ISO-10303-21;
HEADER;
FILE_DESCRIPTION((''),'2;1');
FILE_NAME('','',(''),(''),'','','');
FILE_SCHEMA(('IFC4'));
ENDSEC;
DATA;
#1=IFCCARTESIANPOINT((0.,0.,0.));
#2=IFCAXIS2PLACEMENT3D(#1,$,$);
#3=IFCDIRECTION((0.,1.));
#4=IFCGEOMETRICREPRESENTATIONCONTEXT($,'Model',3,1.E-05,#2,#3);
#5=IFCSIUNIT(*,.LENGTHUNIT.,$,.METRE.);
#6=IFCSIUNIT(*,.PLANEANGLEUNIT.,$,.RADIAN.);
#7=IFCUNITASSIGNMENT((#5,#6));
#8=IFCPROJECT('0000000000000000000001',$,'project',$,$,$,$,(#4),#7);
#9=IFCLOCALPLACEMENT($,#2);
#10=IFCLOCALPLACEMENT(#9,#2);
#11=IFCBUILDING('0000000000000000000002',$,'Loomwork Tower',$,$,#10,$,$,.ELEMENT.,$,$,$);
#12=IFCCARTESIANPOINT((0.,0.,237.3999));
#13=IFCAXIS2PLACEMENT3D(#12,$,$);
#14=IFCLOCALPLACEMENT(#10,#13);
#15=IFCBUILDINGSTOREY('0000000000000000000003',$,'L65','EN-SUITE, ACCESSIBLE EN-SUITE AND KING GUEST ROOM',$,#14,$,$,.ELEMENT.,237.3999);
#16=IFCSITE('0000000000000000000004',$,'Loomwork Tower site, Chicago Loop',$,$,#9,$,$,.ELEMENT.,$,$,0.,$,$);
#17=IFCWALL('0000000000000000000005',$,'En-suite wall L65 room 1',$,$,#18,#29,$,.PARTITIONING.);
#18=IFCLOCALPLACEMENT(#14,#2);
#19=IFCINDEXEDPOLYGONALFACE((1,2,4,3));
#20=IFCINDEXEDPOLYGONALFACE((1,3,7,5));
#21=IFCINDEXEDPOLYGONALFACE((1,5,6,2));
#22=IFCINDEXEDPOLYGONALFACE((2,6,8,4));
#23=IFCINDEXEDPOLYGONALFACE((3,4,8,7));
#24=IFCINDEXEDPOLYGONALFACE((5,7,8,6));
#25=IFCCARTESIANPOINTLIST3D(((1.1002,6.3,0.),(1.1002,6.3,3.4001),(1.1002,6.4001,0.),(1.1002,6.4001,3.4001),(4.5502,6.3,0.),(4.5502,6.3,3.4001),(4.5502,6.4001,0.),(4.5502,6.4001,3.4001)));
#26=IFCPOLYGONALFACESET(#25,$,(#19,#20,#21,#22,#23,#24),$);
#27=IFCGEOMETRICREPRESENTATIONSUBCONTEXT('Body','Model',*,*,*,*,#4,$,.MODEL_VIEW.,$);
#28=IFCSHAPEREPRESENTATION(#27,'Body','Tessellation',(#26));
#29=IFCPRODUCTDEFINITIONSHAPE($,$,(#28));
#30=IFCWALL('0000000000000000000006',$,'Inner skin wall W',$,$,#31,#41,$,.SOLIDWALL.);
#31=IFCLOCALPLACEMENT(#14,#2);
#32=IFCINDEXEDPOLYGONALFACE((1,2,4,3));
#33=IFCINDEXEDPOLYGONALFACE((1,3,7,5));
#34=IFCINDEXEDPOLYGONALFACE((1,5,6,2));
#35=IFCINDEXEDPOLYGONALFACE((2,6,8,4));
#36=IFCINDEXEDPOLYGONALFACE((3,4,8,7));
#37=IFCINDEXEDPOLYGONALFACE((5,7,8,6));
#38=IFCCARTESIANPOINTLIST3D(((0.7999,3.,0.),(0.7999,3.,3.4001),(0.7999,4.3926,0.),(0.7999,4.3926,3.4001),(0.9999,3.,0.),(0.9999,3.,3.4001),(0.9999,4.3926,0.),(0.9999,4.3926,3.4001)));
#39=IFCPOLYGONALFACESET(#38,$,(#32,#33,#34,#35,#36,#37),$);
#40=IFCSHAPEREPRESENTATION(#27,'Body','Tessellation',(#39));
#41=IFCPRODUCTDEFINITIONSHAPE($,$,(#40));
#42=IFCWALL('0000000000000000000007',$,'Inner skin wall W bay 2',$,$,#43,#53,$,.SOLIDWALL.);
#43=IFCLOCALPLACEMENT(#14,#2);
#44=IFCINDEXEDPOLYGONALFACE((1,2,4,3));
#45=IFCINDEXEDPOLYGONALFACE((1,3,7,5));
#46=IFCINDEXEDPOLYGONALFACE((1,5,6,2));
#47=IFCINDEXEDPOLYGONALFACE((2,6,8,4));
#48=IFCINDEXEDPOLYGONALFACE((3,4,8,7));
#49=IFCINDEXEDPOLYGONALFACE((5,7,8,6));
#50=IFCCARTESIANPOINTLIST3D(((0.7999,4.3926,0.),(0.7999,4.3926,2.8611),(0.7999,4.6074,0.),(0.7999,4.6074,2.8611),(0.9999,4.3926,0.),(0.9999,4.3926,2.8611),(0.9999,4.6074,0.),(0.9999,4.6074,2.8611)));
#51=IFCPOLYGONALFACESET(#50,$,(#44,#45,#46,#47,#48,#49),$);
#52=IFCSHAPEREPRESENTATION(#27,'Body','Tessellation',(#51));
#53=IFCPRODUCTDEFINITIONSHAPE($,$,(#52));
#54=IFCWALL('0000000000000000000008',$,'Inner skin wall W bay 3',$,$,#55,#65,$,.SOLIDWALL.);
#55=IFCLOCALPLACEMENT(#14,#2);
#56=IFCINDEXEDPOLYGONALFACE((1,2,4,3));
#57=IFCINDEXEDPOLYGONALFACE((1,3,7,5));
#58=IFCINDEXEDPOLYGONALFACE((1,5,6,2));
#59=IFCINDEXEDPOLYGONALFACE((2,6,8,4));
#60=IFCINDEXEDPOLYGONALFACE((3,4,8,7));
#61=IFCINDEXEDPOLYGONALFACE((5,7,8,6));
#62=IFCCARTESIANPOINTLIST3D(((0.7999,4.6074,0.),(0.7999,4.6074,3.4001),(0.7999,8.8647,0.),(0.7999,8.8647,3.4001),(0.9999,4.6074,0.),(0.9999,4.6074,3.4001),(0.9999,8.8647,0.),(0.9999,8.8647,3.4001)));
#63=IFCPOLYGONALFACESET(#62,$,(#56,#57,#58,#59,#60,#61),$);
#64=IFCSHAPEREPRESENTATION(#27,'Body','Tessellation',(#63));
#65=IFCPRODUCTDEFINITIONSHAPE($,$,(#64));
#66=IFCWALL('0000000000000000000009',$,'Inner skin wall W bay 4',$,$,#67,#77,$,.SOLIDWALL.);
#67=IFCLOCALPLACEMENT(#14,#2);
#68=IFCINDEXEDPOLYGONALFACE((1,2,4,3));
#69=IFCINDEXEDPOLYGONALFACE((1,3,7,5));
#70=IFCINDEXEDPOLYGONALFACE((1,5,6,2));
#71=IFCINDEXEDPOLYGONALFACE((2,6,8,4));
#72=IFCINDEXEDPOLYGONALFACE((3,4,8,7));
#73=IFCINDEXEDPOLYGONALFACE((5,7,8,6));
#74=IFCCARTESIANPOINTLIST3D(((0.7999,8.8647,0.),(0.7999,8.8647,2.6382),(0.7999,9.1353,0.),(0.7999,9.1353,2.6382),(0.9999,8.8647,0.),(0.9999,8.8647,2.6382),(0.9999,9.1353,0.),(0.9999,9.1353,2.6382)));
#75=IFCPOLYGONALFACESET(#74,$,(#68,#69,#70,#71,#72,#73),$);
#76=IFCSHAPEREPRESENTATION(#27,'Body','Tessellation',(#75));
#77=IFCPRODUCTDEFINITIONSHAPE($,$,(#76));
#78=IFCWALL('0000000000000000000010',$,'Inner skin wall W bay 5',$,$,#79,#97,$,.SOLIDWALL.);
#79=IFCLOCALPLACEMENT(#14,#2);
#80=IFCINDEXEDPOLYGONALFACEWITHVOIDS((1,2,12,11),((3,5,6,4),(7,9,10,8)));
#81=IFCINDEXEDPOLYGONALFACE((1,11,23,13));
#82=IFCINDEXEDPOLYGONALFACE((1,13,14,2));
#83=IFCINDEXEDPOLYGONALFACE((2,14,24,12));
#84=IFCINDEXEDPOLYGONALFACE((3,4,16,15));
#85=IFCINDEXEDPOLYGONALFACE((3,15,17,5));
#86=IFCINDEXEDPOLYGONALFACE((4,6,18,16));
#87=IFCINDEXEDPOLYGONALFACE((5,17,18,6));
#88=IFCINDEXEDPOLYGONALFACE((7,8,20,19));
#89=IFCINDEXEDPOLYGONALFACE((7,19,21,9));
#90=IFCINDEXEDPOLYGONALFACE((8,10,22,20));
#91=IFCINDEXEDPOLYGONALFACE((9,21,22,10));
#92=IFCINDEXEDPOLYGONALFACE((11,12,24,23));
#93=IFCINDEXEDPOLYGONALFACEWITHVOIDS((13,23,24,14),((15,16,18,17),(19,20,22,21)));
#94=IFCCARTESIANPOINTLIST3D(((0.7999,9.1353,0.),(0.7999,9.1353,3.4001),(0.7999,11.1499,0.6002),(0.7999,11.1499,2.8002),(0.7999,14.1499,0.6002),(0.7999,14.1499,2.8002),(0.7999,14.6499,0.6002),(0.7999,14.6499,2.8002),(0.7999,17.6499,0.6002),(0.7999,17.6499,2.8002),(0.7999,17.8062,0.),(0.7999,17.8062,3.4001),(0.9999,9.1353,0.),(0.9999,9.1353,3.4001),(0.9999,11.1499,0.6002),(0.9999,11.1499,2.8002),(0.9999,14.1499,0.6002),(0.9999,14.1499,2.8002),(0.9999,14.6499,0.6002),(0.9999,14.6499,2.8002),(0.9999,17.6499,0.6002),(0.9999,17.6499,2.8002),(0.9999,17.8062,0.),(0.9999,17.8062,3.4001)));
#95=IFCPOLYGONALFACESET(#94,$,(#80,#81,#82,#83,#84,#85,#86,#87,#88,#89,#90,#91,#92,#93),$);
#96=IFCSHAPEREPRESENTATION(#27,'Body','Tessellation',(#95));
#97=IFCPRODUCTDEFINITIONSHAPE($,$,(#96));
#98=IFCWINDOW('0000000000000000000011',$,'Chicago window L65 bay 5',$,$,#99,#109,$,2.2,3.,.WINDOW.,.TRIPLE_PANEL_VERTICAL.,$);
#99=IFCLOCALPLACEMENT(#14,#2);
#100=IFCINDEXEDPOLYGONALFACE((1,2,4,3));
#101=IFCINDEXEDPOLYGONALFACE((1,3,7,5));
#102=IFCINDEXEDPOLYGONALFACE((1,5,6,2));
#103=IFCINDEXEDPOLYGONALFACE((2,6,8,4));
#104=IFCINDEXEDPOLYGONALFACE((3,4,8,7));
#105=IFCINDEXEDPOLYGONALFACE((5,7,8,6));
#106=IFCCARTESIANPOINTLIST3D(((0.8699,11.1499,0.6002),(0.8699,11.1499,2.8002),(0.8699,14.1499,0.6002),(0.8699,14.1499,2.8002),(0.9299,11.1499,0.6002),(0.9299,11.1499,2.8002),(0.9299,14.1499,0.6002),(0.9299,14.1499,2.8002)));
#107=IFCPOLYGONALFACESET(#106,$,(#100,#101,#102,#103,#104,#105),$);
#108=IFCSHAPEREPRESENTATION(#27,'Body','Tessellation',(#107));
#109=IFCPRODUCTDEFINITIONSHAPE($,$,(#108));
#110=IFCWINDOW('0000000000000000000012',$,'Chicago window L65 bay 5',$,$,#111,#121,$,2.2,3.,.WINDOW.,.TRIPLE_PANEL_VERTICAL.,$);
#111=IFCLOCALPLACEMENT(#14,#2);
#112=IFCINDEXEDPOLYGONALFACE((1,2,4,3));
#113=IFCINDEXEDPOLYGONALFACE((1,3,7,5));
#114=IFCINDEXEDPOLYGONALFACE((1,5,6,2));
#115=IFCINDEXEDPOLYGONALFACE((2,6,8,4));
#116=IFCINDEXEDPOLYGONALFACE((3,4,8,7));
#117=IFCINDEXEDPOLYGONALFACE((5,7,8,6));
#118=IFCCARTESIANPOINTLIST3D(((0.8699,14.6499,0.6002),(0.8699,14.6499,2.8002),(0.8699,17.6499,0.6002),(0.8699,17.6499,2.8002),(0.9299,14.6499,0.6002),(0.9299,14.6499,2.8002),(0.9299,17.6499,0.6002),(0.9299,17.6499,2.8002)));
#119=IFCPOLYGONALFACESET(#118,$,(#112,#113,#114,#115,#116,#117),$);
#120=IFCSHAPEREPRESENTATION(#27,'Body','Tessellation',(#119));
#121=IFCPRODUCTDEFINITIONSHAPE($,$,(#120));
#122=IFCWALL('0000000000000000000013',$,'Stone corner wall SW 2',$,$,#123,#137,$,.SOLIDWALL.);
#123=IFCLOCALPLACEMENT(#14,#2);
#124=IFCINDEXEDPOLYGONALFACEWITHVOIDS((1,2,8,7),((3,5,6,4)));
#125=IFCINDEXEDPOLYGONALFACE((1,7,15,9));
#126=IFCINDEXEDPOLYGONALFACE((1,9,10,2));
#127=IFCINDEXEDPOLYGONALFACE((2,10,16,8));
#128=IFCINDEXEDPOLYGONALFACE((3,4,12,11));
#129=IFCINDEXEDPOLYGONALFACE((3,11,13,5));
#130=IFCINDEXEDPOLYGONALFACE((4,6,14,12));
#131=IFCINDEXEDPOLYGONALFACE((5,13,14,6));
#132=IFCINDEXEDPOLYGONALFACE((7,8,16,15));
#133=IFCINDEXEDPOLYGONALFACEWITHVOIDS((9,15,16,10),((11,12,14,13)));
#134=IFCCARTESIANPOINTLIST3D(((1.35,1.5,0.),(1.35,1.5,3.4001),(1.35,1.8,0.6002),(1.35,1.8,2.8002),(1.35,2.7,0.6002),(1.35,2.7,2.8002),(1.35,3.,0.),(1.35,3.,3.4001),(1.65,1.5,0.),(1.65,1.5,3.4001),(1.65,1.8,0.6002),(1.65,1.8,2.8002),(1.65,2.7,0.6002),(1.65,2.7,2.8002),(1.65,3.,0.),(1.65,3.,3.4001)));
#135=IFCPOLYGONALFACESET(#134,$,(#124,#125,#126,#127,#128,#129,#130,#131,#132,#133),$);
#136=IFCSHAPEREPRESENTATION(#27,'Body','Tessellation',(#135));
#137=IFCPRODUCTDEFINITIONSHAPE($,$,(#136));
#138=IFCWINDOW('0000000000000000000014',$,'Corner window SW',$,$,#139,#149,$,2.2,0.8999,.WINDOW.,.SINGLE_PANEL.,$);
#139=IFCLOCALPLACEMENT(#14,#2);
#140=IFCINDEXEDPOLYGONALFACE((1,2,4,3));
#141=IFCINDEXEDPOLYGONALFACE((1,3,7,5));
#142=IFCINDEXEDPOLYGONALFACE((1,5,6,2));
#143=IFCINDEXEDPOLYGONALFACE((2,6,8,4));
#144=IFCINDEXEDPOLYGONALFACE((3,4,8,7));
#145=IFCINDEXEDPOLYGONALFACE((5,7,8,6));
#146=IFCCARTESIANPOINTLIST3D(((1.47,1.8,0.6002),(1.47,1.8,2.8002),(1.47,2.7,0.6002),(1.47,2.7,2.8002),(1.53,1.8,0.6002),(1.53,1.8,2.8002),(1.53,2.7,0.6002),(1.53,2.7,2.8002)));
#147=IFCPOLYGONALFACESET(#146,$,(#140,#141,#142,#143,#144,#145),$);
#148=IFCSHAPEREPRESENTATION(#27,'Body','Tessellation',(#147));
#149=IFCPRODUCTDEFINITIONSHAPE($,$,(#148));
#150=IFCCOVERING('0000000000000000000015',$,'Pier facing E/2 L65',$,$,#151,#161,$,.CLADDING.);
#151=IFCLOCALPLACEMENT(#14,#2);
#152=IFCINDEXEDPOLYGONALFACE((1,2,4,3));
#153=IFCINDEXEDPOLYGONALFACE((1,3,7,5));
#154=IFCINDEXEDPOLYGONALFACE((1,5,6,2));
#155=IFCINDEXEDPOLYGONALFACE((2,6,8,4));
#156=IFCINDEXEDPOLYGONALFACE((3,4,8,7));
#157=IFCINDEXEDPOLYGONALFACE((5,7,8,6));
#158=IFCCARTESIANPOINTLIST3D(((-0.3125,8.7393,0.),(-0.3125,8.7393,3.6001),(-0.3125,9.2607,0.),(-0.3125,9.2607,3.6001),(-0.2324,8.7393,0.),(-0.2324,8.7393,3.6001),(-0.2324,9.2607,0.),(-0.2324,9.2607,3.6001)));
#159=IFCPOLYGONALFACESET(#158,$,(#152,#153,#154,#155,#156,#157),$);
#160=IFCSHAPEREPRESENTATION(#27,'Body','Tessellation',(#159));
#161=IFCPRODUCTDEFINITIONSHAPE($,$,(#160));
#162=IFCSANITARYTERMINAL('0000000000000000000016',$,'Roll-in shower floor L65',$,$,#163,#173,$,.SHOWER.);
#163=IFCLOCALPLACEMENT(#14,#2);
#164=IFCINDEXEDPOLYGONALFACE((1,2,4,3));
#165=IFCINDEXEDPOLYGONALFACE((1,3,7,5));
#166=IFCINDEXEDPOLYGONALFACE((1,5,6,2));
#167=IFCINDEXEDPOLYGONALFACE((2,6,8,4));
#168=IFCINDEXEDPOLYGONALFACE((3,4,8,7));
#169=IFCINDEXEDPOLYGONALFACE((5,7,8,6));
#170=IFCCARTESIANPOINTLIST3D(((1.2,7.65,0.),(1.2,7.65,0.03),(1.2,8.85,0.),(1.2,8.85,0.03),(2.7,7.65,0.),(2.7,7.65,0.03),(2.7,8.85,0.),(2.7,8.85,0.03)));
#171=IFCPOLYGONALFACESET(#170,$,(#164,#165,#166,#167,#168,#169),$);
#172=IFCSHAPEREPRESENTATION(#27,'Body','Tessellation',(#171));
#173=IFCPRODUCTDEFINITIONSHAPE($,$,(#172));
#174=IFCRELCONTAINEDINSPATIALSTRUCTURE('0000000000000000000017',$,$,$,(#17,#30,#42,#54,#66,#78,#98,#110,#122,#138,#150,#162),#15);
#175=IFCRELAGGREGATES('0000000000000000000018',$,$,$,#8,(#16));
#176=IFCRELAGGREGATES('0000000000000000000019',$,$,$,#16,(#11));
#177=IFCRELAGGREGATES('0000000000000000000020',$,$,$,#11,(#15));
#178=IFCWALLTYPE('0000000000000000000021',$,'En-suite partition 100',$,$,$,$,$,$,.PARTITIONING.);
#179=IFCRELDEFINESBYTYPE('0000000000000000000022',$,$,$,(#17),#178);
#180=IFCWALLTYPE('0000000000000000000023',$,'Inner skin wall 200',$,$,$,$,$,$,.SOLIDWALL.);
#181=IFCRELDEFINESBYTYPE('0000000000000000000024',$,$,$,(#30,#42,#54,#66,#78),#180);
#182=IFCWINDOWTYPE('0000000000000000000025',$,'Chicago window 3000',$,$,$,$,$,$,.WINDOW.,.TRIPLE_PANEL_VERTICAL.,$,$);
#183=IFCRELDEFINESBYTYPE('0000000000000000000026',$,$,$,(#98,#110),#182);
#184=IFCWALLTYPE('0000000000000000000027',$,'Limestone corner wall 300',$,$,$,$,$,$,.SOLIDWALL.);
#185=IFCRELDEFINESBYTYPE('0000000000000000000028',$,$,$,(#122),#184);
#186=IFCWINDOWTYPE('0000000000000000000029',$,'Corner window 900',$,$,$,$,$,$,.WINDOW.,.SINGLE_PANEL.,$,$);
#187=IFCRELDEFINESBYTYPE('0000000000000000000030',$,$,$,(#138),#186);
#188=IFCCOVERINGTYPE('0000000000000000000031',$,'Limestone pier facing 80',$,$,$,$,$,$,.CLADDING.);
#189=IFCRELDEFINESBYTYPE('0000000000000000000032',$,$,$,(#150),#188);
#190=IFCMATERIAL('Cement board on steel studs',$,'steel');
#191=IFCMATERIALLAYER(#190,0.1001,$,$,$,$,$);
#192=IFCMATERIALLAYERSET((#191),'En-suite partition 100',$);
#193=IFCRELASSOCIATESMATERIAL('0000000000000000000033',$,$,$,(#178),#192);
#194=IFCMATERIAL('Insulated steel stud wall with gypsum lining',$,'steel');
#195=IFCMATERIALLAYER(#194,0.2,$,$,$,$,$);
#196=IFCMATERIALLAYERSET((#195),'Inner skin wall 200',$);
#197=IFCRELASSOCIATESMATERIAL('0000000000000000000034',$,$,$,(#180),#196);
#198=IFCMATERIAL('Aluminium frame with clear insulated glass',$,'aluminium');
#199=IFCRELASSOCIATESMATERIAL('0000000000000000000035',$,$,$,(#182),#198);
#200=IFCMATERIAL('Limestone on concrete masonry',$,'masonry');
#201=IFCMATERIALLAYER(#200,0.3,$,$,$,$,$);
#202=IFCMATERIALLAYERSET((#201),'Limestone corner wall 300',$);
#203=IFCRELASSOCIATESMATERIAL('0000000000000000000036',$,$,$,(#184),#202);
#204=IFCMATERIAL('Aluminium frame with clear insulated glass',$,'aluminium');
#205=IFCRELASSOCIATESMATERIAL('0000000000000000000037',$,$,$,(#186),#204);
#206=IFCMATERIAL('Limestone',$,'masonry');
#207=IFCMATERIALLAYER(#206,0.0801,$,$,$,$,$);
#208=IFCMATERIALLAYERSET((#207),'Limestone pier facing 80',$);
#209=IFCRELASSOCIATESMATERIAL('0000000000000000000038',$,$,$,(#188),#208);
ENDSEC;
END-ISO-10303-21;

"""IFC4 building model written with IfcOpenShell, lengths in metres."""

from ifc_helpers import new_model, si_unit, direction, frame, frame_2d, origin, origin_2d, place, context, subcontext, project, spatial, rectangle, extrude, material, layer, layer_set, type_object, element, fill, save


model = new_model("IFC4")

# Units and contexts
model_context = context("Model", 3, precision=1e-05, world=origin(), true_north=direction((0.0, 1.0)))
body_context = subcontext(model_context, "Body", "Model", "MODEL_VIEW")
ifc_project = project(units=[si_unit("LENGTHUNIT", "METRE"), si_unit("PLANEANGLEUNIT", "RADIAN")], contexts=[model_context])

# Site, building, storey
site_placement = place(None, origin())
site = spatial("IfcSite", under=ifc_project, at=site_placement, Name="Loomwork Tower site, Chicago Loop", CompositionType="ELEMENT", RefElevation=0.0)
building_placement = place(site_placement, origin())
building = spatial("IfcBuilding", under=site, at=building_placement, Name="Loomwork Tower", CompositionType="ELEMENT")
storey_placement = place(building_placement, frame((0.0, 0.0, 237.3999)))
storey = spatial("IfcBuildingStorey", under=building, at=storey_placement, Name="L65", Description="EN-SUITE, ACCESSIBLE EN-SUITE AND KING GUEST ROOM", CompositionType="ELEMENT", Elevation=237.3999)

# Walls
ifc_material_1 = material(Name="Cement board on steel studs", Category="steel")
ifc_layer_1 = layer(ifc_material_1, 0.1001)
ifc_layer_set_1 = layer_set([ifc_layer_1], Name="En-suite partition 100")
wall_type_1 = type_object("IfcWallType", Name="En-suite partition 100", PredefinedType="PARTITIONING", material=ifc_layer_set_1)
wall_1_placement = place(storey_placement, frame((1.1001, 6.3501, 0.0), z_axis=(0.0, 0.0, 1.0), x_axis=(1.0, 0.0, 0.0)))
element("IfcWall", 1, at=wall_1_placement, inside=storey, type_object=wall_type_1, Name="En-suite wall L65 room 1", PredefinedType="PARTITIONING", context=body_context, shape_type="SweptSolid", body=[
    extrude(rectangle(XDim=3.45, YDim=0.1001, at=frame_2d((1.7251, 0.0))), origin(), (0.0, 0.0, 1.0), 3.4001),
])
ifc_material_2 = material(Name="Insulated steel stud wall with gypsum lining", Category="steel")
ifc_layer_2 = layer(ifc_material_2, 0.2)
ifc_layer_set_2 = layer_set([ifc_layer_2], Name="Inner skin wall 200")
wall_type_2 = type_object("IfcWallType", Name="Inner skin wall 200", PredefinedType="SOLIDWALL", material=ifc_layer_set_2)
wall_2_placement = place(storey_placement, frame((0.8999, 3.0, 0.0), z_axis=(0.0, 0.0, 1.0), x_axis=(0.0, 1.0, 0.0)))
element("IfcWall", 2, at=wall_2_placement, inside=storey, type_object=wall_type_2, Name="Inner skin wall W", PredefinedType="SOLIDWALL", context=body_context, shape_type="SweptSolid", body=[
    extrude(rectangle(XDim=1.3926, YDim=0.2, at=frame_2d((0.6963, 0.0))), origin(), (0.0, 0.0, 1.0), 3.4001),
])
wall_3_placement = place(storey_placement, frame((0.8999, 4.3926, 0.0), z_axis=(0.0, 0.0, 1.0), x_axis=(0.0, 1.0, 0.0)))
element("IfcWall", 3, at=wall_3_placement, inside=storey, type_object=wall_type_2, Name="Inner skin wall W bay 2", PredefinedType="SOLIDWALL", context=body_context, shape_type="SweptSolid", body=[
    extrude(rectangle(XDim=0.2148, YDim=0.2, at=frame_2d((0.1074, 0.0))), origin(), (0.0, 0.0, 1.0), 2.8611),
])
wall_4_placement = place(storey_placement, frame((0.8999, 4.6074, 0.0), z_axis=(0.0, 0.0, 1.0), x_axis=(0.0, 1.0, 0.0)))
element("IfcWall", 4, at=wall_4_placement, inside=storey, type_object=wall_type_2, Name="Inner skin wall W bay 3", PredefinedType="SOLIDWALL", context=body_context, shape_type="SweptSolid", body=[
    extrude(rectangle(XDim=4.2573, YDim=0.2, at=frame_2d((2.1287, 0.0))), origin(), (0.0, 0.0, 1.0), 3.4001),
])
wall_5_placement = place(storey_placement, frame((0.8999, 8.8647, 0.0), z_axis=(0.0, 0.0, 1.0), x_axis=(0.0, 1.0, 0.0)))
element("IfcWall", 5, at=wall_5_placement, inside=storey, type_object=wall_type_2, Name="Inner skin wall W bay 4", PredefinedType="SOLIDWALL", context=body_context, shape_type="SweptSolid", body=[
    extrude(rectangle(XDim=0.2705, YDim=0.2, at=frame_2d((0.1353, 0.0))), origin(), (0.0, 0.0, 1.0), 2.6382),
])

# Wall, openings, windows
wall_6_placement = place(storey_placement, frame((0.8999, 9.1353, 0.0), z_axis=(0.0, 0.0, 1.0), x_axis=(0.0, 1.0, 0.0)))
wall_6 = element("IfcWall", 6, at=wall_6_placement, inside=storey, type_object=wall_type_2, Name="Inner skin wall W bay 5", PredefinedType="SOLIDWALL", context=body_context, shape_type="SweptSolid", body=[
    extrude(rectangle(XDim=8.6709, YDim=0.2, at=frame_2d((4.3354, 0.0))), origin(), (0.0, 0.0, 1.0), 3.4001),
])
opening_1_placement = place(wall_6_placement, frame((2.0146, 0.0, 0.6001)))
opening_1 = element("IfcOpeningElement", 7, at=opening_1_placement, cuts=wall_6, PredefinedType="OPENING", context=body_context, shape_type="SweptSolid", body=[
    extrude(rectangle(XDim=3.0, YDim=2.2, at=frame_2d((1.5, 1.1001))), frame((0.0, 0.1099, 0.0), z_axis=(0.0, -1.0, 0.0), x_axis=(1.0, 0.0, 0.0)), (0.0, 0.0, 1.0), 0.22),
])
opening_2_placement = place(wall_6_placement, frame((5.5146, 0.0, 0.6001)))
opening_2 = element("IfcOpeningElement", 8, at=opening_2_placement, cuts=wall_6, PredefinedType="OPENING", context=body_context, shape_type="SweptSolid", body=[
    extrude(rectangle(XDim=3.0, YDim=2.2, at=frame_2d((1.5, 1.1001))), frame((0.0, 0.1099, 0.0), z_axis=(0.0, -1.0, 0.0), x_axis=(1.0, 0.0, 0.0)), (0.0, 0.0, 1.0), 0.22),
])
ifc_material_3 = material(Name="Aluminium frame with clear insulated glass", Category="aluminium")
window_type_1 = type_object("IfcWindowType", Name="Chicago window 3000", PartitioningType="TRIPLE_PANEL_VERTICAL", PredefinedType="WINDOW", material=ifc_material_3)
window_1_placement = place(opening_1_placement, origin())
window_1 = element("IfcWindow", 9, at=window_1_placement, inside=storey, type_object=window_type_1, Name="Chicago window L65 bay 5", OverallHeight=2.2, OverallWidth=3.0, PartitioningType="TRIPLE_PANEL_VERTICAL", PredefinedType="WINDOW", context=body_context, shape_type="SweptSolid", body=[
    extrude(rectangle(XDim=3.0, YDim=2.2, at=frame_2d((1.5, 1.1001))), frame((0.0, 0.03, 0.0), z_axis=(0.0, -1.0, 0.0), x_axis=(1.0, 0.0, 0.0)), (0.0, 0.0, 1.0), 0.0601),
])
fill(opening_1, window_1)
window_2_placement = place(opening_2_placement, origin())
window_2 = element("IfcWindow", 10, at=window_2_placement, inside=storey, type_object=window_type_1, Name="Chicago window L65 bay 5", OverallHeight=2.2, OverallWidth=3.0, PartitioningType="TRIPLE_PANEL_VERTICAL", PredefinedType="WINDOW", context=body_context, shape_type="SweptSolid", body=[
    extrude(rectangle(XDim=3.0, YDim=2.2, at=frame_2d((1.5, 1.1001))), frame((0.0, 0.03, 0.0), z_axis=(0.0, -1.0, 0.0), x_axis=(1.0, 0.0, 0.0)), (0.0, 0.0, 1.0), 0.0601),
])
fill(opening_2, window_2)

# Wall, opening, window
ifc_material_4 = material(Name="Limestone on concrete masonry", Category="masonry")
ifc_layer_3 = layer(ifc_material_4, 0.3)
ifc_layer_set_3 = layer_set([ifc_layer_3], Name="Limestone corner wall 300")
wall_type_3 = type_object("IfcWallType", Name="Limestone corner wall 300", PredefinedType="SOLIDWALL", material=ifc_layer_set_3)
wall_7_placement = place(storey_placement, frame((1.5, 3.0, 0.0), z_axis=(0.0, 0.0, 1.0), x_axis=(0.0, -1.0, 0.0)))
wall_7 = element("IfcWall", 11, at=wall_7_placement, inside=storey, type_object=wall_type_3, Name="Stone corner wall SW 2", PredefinedType="SOLIDWALL", context=body_context, shape_type="SweptSolid", body=[
    extrude(rectangle(XDim=1.5, YDim=0.3, at=frame_2d((0.75, 0.0))), origin(), (0.0, 0.0, 1.0), 3.4001),
])
opening_3_placement = place(wall_7_placement, frame((0.3, 0.0, 0.6001)))
opening_3 = element("IfcOpeningElement", 12, at=opening_3_placement, cuts=wall_7, PredefinedType="OPENING", context=body_context, shape_type="SweptSolid", body=[
    extrude(rectangle(XDim=0.8999, YDim=2.2, at=frame_2d((0.45, 1.1001))), frame((0.0, 0.1599, 0.0), z_axis=(0.0, -1.0, 0.0), x_axis=(1.0, 0.0, 0.0)), (0.0, 0.0, 1.0), 0.3201),
])
ifc_material_5 = material(Name="Aluminium frame with clear insulated glass", Category="aluminium")
window_type_2 = type_object("IfcWindowType", Name="Corner window 900", PartitioningType="SINGLE_PANEL", PredefinedType="WINDOW", material=ifc_material_5)
window_3_placement = place(opening_3_placement, origin())
window_3 = element("IfcWindow", 13, at=window_3_placement, inside=storey, type_object=window_type_2, Name="Corner window SW", OverallHeight=2.2, OverallWidth=0.8999, PartitioningType="SINGLE_PANEL", PredefinedType="WINDOW", context=body_context, shape_type="SweptSolid", body=[
    extrude(rectangle(XDim=0.8999, YDim=2.2, at=frame_2d((0.45, 1.1001))), frame((0.0, 0.03, 0.0), z_axis=(0.0, -1.0, 0.0), x_axis=(1.0, 0.0, 0.0)), (0.0, 0.0, 1.0), 0.0601),
])
fill(opening_3, window_3)

# Covering
ifc_material_6 = material(Name="Limestone", Category="masonry")
ifc_layer_4 = layer(ifc_material_6, 0.0801)
ifc_layer_set_4 = layer_set([ifc_layer_4], Name="Limestone pier facing 80")
covering_type = type_object("IfcCoveringType", Name="Limestone pier facing 80", PredefinedType="CLADDING", material=ifc_layer_set_4)
covering_placement = place(storey_placement, frame((-0.2725, 9.0, 0.0), z_axis=(0.0, 0.0, 1.0), x_axis=(1.0, 0.0, 0.0)))
element("IfcCovering", 14, at=covering_placement, inside=storey, type_object=covering_type, Name="Pier facing E/2 L65", PredefinedType="CLADDING", context=body_context, shape_type="SweptSolid", body=[
    extrude(rectangle(XDim=0.0801, YDim=0.5215, at=origin_2d()), origin(), (0.0, 0.0, 1.0), 3.6001),
])

# Sanitary terminal
sanitary_terminal_placement = place(storey_placement, frame((1.95, 8.25, 0.0), z_axis=(0.0, 0.0, 1.0), x_axis=(1.0, 0.0, 0.0)))
element("IfcSanitaryTerminal", 15, at=sanitary_terminal_placement, inside=storey, Name="Roll-in shower floor L65", PredefinedType="SHOWER", context=body_context, shape_type="SweptSolid", body=[
    extrude(rectangle(XDim=1.5, YDim=1.2, at=origin_2d()), origin(), (0.0, 0.0, 1.0), 0.03),
])

save(model, "model.ifc")
